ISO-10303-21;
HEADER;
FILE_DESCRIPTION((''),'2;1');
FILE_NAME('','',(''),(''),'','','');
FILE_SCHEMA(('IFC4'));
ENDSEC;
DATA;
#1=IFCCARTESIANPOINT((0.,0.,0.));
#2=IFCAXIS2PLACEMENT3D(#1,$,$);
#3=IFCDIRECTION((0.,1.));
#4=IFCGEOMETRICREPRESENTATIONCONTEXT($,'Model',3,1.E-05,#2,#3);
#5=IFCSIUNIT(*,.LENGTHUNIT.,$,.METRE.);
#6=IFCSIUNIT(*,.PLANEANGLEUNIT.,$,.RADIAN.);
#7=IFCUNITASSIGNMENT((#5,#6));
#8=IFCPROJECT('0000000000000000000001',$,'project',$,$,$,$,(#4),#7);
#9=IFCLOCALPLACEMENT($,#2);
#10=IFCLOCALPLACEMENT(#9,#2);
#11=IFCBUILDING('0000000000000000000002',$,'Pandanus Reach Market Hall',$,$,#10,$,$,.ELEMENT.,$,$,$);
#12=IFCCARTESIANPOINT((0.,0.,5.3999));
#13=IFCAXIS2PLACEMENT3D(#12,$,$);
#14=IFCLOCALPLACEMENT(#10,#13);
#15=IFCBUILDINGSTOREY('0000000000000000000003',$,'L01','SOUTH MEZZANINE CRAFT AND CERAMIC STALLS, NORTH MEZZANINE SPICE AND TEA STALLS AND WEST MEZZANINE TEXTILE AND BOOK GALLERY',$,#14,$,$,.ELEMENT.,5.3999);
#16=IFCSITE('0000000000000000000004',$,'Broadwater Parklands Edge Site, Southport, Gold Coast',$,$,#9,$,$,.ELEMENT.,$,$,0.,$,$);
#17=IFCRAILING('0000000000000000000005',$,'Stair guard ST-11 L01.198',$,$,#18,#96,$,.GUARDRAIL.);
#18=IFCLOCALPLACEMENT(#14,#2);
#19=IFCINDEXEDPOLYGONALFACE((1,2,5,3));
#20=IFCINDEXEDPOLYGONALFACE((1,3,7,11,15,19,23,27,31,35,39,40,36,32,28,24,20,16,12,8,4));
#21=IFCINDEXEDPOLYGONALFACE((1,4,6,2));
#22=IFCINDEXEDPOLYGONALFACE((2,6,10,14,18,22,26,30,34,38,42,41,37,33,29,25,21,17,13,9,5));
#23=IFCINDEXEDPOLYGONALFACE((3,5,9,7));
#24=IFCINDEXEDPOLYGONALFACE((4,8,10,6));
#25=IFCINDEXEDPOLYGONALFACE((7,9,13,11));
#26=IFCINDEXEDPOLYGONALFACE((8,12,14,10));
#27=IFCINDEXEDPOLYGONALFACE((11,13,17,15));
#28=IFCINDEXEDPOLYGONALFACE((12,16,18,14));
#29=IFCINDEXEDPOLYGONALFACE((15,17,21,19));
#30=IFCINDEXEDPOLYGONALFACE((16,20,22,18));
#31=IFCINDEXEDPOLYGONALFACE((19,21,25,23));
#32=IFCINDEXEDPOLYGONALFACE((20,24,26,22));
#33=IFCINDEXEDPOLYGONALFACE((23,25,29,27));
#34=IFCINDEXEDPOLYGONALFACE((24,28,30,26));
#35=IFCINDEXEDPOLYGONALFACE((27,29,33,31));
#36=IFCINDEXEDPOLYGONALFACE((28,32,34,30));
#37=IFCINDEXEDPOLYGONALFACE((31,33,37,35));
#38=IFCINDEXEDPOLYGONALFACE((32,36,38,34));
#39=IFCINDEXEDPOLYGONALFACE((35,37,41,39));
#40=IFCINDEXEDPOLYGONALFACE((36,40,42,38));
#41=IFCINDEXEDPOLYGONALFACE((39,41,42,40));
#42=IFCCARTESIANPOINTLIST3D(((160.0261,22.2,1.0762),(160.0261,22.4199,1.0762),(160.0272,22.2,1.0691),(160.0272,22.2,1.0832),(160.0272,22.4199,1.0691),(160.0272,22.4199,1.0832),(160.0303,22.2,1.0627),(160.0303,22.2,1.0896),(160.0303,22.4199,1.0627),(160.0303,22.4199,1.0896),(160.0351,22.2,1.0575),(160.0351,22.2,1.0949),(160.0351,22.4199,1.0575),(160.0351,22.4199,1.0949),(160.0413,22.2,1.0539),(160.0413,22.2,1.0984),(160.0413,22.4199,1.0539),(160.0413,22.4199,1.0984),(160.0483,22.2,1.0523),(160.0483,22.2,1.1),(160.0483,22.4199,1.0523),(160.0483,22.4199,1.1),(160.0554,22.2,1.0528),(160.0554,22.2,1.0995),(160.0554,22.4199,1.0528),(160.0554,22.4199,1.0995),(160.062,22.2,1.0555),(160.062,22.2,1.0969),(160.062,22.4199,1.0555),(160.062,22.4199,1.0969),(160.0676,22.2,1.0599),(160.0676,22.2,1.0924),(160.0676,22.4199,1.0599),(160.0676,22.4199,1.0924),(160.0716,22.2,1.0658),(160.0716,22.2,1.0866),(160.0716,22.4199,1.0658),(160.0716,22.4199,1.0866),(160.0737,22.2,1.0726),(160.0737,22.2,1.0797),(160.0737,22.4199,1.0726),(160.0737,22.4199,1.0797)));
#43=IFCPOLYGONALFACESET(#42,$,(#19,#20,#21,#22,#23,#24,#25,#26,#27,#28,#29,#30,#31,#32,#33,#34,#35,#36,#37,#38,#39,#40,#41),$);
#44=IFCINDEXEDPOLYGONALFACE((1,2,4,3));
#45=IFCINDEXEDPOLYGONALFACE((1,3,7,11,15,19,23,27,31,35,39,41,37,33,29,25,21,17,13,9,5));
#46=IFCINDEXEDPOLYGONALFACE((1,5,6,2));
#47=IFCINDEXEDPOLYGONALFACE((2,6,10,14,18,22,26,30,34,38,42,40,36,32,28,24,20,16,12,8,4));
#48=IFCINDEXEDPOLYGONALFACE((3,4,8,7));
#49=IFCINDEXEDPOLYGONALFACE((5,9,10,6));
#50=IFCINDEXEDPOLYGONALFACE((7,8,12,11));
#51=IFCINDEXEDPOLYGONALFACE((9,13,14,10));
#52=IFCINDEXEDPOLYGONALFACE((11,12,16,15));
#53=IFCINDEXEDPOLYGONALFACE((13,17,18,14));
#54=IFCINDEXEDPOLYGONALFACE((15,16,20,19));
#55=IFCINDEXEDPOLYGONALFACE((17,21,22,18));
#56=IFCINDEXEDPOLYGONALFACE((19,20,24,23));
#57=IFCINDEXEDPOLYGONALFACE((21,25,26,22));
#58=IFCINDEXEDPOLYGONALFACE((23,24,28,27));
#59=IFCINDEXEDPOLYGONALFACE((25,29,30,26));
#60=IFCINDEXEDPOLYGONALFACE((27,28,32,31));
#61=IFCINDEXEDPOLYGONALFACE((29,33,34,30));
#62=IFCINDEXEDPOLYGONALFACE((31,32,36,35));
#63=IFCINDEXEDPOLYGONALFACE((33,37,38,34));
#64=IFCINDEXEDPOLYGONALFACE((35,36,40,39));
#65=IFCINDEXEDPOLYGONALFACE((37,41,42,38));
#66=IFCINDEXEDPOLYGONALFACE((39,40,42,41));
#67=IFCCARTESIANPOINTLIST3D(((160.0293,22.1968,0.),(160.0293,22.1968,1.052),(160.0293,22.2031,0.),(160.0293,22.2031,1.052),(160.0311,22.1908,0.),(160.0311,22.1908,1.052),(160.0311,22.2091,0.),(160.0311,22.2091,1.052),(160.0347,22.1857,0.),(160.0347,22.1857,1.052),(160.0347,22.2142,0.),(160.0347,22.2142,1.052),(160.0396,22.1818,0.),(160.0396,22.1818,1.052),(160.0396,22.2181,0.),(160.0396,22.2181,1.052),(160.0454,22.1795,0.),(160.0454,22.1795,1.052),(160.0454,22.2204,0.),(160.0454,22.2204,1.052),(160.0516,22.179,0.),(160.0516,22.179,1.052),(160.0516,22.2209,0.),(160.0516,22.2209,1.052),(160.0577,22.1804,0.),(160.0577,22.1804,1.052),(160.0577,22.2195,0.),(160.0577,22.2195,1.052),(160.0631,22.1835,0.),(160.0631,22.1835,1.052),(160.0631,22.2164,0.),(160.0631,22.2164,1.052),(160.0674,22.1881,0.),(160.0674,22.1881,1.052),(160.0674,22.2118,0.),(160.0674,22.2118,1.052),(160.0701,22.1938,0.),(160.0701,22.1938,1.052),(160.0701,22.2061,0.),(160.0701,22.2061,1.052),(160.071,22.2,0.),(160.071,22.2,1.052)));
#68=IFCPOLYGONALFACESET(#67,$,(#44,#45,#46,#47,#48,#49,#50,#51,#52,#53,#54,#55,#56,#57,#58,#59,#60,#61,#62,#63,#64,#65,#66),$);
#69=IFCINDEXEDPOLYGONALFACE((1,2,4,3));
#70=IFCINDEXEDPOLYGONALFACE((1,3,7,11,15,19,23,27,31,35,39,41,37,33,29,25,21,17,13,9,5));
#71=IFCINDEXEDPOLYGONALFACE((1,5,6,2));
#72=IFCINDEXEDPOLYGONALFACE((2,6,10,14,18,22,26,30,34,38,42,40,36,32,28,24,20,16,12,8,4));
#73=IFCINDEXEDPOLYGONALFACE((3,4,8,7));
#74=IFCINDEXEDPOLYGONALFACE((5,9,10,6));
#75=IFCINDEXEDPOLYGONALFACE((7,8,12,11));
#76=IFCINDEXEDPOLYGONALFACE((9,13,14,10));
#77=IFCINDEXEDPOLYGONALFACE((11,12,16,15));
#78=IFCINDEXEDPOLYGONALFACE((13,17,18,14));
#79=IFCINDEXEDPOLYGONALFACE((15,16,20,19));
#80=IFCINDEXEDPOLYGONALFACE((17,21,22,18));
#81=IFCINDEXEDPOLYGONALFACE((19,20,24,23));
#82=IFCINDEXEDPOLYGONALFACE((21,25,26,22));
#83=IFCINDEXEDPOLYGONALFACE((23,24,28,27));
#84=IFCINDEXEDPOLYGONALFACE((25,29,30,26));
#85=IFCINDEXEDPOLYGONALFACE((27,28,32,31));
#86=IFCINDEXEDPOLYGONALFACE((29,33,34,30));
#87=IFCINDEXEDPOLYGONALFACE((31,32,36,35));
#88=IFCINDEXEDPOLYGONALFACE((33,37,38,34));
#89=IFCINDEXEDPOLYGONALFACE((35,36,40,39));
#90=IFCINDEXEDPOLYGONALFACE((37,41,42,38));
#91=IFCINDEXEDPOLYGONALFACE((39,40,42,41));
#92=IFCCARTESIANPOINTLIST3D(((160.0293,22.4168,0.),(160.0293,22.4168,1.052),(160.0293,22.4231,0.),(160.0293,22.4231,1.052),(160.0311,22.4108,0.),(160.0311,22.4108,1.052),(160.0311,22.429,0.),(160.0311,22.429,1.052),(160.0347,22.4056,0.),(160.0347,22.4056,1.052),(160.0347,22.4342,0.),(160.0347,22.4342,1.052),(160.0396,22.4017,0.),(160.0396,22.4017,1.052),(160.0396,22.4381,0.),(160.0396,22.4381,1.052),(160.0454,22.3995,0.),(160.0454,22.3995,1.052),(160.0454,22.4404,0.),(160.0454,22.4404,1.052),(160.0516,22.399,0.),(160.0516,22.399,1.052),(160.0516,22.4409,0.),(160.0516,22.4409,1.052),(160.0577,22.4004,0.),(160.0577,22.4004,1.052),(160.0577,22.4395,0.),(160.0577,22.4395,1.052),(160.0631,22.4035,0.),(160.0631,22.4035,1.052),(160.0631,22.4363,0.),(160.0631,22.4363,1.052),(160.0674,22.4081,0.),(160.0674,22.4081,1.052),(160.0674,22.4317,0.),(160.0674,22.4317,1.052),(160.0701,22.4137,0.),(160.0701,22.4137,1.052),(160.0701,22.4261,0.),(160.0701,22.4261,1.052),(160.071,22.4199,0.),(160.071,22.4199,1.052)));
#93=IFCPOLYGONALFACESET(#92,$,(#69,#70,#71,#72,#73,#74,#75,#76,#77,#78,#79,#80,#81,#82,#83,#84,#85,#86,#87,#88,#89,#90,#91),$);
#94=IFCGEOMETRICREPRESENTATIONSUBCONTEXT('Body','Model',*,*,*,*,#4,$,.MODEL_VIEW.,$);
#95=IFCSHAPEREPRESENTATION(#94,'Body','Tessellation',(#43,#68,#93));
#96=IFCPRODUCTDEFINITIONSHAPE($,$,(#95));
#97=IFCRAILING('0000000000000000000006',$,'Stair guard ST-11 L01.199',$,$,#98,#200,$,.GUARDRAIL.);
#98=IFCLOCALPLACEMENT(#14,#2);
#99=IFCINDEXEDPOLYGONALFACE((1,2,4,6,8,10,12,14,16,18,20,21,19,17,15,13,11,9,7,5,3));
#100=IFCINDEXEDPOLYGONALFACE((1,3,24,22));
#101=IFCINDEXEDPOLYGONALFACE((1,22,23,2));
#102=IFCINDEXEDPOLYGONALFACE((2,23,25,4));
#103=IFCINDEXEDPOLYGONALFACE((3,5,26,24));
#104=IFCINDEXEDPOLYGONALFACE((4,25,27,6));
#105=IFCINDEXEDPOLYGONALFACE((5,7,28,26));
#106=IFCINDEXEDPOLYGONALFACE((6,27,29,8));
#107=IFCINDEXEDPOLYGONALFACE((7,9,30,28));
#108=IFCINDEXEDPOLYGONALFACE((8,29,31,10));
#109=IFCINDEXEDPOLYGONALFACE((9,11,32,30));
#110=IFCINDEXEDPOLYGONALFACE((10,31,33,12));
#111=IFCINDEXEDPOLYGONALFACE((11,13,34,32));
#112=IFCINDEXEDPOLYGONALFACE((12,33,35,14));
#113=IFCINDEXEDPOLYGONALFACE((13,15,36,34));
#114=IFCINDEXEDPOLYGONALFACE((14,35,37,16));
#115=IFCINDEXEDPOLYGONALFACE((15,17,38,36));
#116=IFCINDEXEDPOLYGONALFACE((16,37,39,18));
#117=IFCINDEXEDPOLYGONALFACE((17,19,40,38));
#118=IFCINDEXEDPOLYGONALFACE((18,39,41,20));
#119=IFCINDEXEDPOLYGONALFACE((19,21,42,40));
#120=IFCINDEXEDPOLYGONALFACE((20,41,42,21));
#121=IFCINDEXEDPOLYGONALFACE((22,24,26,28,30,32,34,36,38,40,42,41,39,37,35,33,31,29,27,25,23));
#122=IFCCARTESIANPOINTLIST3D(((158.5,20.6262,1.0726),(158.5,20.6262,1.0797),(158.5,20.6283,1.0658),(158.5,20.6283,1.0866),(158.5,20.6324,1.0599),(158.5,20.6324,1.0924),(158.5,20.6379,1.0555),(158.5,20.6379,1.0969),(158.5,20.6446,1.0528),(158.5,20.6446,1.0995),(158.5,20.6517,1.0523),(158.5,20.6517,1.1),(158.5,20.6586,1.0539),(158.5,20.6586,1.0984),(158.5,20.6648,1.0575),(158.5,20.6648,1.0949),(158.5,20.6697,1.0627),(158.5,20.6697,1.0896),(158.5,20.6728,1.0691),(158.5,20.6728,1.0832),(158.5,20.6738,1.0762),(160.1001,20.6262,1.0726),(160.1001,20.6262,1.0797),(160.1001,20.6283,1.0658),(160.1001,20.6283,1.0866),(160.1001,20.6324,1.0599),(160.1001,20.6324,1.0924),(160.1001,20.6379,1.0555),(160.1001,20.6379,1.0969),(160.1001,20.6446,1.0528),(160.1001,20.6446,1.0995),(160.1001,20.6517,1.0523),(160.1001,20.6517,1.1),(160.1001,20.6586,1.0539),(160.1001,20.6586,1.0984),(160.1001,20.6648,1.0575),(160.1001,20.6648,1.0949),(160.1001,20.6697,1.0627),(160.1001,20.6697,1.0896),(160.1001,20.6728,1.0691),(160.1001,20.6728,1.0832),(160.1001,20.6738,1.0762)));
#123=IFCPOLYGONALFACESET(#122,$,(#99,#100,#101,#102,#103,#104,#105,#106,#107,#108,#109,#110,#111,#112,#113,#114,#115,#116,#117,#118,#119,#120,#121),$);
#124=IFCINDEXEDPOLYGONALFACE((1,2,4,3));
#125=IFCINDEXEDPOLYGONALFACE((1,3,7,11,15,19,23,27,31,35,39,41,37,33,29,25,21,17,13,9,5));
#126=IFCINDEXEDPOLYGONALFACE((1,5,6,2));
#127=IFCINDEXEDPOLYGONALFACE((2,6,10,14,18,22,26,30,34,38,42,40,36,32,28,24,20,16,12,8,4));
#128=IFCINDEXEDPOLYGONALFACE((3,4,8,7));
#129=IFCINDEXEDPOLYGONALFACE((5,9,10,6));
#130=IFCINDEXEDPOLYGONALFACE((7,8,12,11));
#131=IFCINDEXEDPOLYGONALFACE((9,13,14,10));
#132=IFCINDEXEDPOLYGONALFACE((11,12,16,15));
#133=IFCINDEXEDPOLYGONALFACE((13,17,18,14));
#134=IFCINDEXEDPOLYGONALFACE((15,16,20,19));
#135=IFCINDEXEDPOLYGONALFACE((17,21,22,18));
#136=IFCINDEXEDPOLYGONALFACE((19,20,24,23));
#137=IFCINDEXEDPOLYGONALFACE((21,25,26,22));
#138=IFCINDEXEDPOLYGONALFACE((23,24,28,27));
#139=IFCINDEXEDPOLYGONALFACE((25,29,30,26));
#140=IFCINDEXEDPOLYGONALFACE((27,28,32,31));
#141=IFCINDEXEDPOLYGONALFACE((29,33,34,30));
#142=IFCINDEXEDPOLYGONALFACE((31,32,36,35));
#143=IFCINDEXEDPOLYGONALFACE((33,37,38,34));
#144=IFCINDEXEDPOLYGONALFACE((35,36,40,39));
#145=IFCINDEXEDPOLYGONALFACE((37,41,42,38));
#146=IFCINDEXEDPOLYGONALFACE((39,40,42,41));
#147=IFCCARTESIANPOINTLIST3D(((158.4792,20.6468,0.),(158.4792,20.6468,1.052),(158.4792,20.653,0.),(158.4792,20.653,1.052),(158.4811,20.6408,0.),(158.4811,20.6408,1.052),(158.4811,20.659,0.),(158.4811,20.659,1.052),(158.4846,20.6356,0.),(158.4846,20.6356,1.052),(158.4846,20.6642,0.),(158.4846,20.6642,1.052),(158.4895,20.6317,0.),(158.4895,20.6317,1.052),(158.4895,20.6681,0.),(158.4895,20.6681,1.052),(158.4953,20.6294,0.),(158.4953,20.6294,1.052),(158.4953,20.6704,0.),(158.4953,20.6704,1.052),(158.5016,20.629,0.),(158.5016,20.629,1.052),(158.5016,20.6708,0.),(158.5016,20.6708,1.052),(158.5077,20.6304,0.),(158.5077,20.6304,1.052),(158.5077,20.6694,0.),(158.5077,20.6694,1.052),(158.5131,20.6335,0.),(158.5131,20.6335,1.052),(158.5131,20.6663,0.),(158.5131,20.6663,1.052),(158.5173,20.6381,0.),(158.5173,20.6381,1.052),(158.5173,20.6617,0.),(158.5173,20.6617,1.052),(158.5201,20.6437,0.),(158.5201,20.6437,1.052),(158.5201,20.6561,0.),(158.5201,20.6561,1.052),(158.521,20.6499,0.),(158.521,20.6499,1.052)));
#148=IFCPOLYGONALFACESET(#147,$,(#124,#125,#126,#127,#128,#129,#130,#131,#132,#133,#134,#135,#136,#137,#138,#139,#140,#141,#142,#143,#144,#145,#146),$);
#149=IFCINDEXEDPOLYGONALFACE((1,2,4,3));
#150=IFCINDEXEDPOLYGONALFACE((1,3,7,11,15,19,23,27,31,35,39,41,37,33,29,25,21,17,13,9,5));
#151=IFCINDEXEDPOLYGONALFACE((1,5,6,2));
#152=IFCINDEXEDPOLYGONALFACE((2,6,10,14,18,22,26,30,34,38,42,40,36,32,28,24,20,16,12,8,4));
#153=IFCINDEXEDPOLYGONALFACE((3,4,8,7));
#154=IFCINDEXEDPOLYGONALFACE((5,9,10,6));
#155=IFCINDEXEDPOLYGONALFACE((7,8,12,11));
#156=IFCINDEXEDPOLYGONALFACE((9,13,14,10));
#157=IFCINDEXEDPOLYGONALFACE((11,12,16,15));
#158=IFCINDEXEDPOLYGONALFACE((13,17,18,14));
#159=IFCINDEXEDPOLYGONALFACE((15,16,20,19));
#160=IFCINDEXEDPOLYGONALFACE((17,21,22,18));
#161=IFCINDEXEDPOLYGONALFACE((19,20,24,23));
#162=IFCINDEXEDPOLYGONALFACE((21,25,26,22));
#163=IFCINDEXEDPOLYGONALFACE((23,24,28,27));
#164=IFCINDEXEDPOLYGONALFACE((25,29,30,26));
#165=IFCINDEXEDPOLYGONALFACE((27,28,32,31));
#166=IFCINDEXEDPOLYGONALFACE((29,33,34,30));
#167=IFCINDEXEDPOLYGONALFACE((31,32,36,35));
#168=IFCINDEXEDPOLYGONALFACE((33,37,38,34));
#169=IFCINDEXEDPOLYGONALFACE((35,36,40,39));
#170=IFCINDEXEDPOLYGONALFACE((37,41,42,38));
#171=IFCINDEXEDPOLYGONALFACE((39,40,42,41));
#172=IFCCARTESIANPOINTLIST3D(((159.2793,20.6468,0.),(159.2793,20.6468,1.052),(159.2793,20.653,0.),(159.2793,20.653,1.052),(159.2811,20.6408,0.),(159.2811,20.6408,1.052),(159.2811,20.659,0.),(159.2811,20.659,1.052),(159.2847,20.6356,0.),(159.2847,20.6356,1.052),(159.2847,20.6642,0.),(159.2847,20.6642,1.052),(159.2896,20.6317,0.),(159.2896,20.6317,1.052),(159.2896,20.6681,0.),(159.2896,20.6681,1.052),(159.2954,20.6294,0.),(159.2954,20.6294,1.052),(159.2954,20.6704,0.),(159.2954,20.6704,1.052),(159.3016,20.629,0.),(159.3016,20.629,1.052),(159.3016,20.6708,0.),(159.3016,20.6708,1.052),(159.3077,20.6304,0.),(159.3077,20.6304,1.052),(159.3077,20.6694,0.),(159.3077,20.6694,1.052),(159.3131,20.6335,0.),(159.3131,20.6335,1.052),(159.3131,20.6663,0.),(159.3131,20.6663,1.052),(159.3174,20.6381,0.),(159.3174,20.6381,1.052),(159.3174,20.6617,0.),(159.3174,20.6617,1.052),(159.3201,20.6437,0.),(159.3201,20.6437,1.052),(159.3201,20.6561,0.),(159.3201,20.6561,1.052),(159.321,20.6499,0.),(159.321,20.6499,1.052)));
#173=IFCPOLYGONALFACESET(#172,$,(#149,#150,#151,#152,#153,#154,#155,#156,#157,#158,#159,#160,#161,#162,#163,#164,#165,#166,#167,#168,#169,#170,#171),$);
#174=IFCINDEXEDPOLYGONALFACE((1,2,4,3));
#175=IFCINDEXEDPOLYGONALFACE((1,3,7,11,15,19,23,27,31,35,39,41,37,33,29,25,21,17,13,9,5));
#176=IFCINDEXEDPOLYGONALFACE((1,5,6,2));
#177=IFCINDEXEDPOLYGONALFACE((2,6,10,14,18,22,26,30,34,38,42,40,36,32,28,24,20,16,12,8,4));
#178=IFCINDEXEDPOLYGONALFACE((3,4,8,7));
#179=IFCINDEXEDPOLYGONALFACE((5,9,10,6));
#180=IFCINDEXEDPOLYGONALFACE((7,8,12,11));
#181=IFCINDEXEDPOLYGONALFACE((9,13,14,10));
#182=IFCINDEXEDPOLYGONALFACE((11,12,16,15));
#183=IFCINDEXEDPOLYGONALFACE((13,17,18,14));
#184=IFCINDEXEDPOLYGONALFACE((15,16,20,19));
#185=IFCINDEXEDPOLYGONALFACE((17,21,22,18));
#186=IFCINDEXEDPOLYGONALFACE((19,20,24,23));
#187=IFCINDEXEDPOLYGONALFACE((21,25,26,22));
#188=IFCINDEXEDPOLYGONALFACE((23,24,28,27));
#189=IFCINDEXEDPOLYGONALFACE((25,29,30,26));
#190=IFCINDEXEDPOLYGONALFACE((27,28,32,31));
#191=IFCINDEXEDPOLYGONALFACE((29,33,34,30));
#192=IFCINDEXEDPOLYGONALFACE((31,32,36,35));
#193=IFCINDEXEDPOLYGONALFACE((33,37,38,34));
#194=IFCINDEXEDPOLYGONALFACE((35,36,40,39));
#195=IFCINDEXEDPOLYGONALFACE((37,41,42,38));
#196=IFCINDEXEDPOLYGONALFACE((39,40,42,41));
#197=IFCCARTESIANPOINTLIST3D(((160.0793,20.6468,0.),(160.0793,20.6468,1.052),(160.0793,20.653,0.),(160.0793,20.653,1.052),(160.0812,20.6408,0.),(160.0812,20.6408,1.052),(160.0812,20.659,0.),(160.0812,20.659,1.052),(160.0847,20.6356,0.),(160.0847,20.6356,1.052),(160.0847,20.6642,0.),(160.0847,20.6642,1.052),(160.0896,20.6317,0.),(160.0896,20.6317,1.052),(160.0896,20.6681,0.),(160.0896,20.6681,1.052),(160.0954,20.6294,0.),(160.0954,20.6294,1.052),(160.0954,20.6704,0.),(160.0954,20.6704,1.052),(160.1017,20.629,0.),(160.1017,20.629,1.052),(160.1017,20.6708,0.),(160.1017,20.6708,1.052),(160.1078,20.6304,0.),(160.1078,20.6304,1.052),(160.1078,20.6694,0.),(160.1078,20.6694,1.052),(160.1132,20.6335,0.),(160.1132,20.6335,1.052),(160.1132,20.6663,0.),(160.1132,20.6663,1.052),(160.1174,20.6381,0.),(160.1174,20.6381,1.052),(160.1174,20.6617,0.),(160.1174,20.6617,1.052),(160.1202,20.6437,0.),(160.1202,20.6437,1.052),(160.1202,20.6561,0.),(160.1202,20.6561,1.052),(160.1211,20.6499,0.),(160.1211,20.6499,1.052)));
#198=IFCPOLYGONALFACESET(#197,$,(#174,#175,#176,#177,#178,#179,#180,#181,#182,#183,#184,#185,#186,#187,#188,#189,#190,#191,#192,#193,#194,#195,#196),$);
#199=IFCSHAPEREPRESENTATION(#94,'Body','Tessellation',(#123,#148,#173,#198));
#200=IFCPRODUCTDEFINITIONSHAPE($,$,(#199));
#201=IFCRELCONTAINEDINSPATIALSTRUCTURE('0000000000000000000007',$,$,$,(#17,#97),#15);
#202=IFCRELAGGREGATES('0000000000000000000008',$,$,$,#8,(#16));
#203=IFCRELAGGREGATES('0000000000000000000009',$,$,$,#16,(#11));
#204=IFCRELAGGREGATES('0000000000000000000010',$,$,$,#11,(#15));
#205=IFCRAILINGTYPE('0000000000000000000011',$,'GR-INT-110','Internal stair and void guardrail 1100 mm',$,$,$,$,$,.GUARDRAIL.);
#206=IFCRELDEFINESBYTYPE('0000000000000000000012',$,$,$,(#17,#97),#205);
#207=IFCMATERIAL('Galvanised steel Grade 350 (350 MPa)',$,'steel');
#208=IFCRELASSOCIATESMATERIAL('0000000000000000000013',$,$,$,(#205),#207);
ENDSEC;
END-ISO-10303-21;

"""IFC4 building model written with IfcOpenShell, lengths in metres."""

from ifc_helpers import new_model, si_unit, direction, frame, origin, origin_2d, place, context, subcontext, project, spatial, circle, extrude, material, type_object, element, save


model = new_model("IFC4")

# Units and contexts
model_context = context("Model", 3, precision=1e-05, world=origin(), true_north=direction((0.0, 1.0)))
body_context = subcontext(model_context, "Body", "Model", "MODEL_VIEW")
ifc_project = project(units=[si_unit("LENGTHUNIT", "METRE"), si_unit("PLANEANGLEUNIT", "RADIAN")], contexts=[model_context])

# Site, building, storey
site_placement = place(None, origin())
site = spatial("IfcSite", under=ifc_project, at=site_placement, Name="Broadwater Parklands Edge Site, Southport, Gold Coast", CompositionType="ELEMENT", RefElevation=0.0)
building_placement = place(site_placement, origin())
building = spatial("IfcBuilding", under=site, at=building_placement, Name="Pandanus Reach Market Hall", CompositionType="ELEMENT")
storey_placement = place(building_placement, frame((0.0, 0.0, 5.3999)))
storey = spatial("IfcBuildingStorey", under=building, at=storey_placement, Name="L01", Description="SOUTH MEZZANINE CRAFT AND CERAMIC STALLS, NORTH MEZZANINE SPICE AND TEA STALLS AND WEST MEZZANINE TEXTILE AND BOOK GALLERY", CompositionType="ELEMENT", Elevation=5.3999)

# Railings
ifc_material_1 = material(Name="Galvanised steel Grade 350 (350 MPa)", Category="steel")
railing_type_1 = type_object("IfcRailingType", Name="GR-INT-110", Description="Internal stair and void guardrail 1100 mm", PredefinedType="GUARDRAIL", material=ifc_material_1)
railing_1_placement = place(storey_placement, frame((160.05, 22.2, 0.0)))
element("IfcRailing", 1, at=railing_1_placement, inside=storey, type_object=railing_type_1, Name="Stair guard ST-11 L01.198", PredefinedType="GUARDRAIL", context=body_context, shape_type="SweptSolid", body=[
    extrude(circle(Radius=0.0239, at=origin_2d()), frame((0.0, 0.0, 1.0762), z_axis=(0.0, 1.0, 0.0), x_axis=(-1.0, 0.0, 0.0)), (0.0, 0.0, 1.0), 0.22),
    extrude(circle(Radius=0.021, at=origin_2d()), origin(), (0.0, 0.0, 1.0), 1.052),
    extrude(circle(Radius=0.021, at=origin_2d()), frame((0.0, 0.22, 0.0)), (0.0, 0.0, 1.0), 1.052),
])
railing_2_placement = place(storey_placement, frame((158.5, 20.6499, 0.0)))
element("IfcRailing", 2, at=railing_2_placement, inside=storey, type_object=railing_type_1, Name="Stair guard ST-11 L01.199", PredefinedType="GUARDRAIL", context=body_context, shape_type="SweptSolid", body=[
    extrude(circle(Radius=0.0239, at=origin_2d()), frame((0.0, 0.0, 1.0762), z_axis=(1.0, 0.0, 0.0), x_axis=(0.0, 1.0, 0.0)), (0.0, 0.0, 1.0), 1.6001),
    extrude(circle(Radius=0.021, at=origin_2d()), origin(), (0.0, 0.0, 1.0), 1.052),
    extrude(circle(Radius=0.021, at=origin_2d()), frame((0.8, 0.0, 0.0)), (0.0, 0.0, 1.0), 1.052),
    extrude(circle(Radius=0.021, at=origin_2d()), frame((1.6001, 0.0, 0.0)), (0.0, 0.0, 1.0), 1.052),
])

save(model, "model.ifc")
